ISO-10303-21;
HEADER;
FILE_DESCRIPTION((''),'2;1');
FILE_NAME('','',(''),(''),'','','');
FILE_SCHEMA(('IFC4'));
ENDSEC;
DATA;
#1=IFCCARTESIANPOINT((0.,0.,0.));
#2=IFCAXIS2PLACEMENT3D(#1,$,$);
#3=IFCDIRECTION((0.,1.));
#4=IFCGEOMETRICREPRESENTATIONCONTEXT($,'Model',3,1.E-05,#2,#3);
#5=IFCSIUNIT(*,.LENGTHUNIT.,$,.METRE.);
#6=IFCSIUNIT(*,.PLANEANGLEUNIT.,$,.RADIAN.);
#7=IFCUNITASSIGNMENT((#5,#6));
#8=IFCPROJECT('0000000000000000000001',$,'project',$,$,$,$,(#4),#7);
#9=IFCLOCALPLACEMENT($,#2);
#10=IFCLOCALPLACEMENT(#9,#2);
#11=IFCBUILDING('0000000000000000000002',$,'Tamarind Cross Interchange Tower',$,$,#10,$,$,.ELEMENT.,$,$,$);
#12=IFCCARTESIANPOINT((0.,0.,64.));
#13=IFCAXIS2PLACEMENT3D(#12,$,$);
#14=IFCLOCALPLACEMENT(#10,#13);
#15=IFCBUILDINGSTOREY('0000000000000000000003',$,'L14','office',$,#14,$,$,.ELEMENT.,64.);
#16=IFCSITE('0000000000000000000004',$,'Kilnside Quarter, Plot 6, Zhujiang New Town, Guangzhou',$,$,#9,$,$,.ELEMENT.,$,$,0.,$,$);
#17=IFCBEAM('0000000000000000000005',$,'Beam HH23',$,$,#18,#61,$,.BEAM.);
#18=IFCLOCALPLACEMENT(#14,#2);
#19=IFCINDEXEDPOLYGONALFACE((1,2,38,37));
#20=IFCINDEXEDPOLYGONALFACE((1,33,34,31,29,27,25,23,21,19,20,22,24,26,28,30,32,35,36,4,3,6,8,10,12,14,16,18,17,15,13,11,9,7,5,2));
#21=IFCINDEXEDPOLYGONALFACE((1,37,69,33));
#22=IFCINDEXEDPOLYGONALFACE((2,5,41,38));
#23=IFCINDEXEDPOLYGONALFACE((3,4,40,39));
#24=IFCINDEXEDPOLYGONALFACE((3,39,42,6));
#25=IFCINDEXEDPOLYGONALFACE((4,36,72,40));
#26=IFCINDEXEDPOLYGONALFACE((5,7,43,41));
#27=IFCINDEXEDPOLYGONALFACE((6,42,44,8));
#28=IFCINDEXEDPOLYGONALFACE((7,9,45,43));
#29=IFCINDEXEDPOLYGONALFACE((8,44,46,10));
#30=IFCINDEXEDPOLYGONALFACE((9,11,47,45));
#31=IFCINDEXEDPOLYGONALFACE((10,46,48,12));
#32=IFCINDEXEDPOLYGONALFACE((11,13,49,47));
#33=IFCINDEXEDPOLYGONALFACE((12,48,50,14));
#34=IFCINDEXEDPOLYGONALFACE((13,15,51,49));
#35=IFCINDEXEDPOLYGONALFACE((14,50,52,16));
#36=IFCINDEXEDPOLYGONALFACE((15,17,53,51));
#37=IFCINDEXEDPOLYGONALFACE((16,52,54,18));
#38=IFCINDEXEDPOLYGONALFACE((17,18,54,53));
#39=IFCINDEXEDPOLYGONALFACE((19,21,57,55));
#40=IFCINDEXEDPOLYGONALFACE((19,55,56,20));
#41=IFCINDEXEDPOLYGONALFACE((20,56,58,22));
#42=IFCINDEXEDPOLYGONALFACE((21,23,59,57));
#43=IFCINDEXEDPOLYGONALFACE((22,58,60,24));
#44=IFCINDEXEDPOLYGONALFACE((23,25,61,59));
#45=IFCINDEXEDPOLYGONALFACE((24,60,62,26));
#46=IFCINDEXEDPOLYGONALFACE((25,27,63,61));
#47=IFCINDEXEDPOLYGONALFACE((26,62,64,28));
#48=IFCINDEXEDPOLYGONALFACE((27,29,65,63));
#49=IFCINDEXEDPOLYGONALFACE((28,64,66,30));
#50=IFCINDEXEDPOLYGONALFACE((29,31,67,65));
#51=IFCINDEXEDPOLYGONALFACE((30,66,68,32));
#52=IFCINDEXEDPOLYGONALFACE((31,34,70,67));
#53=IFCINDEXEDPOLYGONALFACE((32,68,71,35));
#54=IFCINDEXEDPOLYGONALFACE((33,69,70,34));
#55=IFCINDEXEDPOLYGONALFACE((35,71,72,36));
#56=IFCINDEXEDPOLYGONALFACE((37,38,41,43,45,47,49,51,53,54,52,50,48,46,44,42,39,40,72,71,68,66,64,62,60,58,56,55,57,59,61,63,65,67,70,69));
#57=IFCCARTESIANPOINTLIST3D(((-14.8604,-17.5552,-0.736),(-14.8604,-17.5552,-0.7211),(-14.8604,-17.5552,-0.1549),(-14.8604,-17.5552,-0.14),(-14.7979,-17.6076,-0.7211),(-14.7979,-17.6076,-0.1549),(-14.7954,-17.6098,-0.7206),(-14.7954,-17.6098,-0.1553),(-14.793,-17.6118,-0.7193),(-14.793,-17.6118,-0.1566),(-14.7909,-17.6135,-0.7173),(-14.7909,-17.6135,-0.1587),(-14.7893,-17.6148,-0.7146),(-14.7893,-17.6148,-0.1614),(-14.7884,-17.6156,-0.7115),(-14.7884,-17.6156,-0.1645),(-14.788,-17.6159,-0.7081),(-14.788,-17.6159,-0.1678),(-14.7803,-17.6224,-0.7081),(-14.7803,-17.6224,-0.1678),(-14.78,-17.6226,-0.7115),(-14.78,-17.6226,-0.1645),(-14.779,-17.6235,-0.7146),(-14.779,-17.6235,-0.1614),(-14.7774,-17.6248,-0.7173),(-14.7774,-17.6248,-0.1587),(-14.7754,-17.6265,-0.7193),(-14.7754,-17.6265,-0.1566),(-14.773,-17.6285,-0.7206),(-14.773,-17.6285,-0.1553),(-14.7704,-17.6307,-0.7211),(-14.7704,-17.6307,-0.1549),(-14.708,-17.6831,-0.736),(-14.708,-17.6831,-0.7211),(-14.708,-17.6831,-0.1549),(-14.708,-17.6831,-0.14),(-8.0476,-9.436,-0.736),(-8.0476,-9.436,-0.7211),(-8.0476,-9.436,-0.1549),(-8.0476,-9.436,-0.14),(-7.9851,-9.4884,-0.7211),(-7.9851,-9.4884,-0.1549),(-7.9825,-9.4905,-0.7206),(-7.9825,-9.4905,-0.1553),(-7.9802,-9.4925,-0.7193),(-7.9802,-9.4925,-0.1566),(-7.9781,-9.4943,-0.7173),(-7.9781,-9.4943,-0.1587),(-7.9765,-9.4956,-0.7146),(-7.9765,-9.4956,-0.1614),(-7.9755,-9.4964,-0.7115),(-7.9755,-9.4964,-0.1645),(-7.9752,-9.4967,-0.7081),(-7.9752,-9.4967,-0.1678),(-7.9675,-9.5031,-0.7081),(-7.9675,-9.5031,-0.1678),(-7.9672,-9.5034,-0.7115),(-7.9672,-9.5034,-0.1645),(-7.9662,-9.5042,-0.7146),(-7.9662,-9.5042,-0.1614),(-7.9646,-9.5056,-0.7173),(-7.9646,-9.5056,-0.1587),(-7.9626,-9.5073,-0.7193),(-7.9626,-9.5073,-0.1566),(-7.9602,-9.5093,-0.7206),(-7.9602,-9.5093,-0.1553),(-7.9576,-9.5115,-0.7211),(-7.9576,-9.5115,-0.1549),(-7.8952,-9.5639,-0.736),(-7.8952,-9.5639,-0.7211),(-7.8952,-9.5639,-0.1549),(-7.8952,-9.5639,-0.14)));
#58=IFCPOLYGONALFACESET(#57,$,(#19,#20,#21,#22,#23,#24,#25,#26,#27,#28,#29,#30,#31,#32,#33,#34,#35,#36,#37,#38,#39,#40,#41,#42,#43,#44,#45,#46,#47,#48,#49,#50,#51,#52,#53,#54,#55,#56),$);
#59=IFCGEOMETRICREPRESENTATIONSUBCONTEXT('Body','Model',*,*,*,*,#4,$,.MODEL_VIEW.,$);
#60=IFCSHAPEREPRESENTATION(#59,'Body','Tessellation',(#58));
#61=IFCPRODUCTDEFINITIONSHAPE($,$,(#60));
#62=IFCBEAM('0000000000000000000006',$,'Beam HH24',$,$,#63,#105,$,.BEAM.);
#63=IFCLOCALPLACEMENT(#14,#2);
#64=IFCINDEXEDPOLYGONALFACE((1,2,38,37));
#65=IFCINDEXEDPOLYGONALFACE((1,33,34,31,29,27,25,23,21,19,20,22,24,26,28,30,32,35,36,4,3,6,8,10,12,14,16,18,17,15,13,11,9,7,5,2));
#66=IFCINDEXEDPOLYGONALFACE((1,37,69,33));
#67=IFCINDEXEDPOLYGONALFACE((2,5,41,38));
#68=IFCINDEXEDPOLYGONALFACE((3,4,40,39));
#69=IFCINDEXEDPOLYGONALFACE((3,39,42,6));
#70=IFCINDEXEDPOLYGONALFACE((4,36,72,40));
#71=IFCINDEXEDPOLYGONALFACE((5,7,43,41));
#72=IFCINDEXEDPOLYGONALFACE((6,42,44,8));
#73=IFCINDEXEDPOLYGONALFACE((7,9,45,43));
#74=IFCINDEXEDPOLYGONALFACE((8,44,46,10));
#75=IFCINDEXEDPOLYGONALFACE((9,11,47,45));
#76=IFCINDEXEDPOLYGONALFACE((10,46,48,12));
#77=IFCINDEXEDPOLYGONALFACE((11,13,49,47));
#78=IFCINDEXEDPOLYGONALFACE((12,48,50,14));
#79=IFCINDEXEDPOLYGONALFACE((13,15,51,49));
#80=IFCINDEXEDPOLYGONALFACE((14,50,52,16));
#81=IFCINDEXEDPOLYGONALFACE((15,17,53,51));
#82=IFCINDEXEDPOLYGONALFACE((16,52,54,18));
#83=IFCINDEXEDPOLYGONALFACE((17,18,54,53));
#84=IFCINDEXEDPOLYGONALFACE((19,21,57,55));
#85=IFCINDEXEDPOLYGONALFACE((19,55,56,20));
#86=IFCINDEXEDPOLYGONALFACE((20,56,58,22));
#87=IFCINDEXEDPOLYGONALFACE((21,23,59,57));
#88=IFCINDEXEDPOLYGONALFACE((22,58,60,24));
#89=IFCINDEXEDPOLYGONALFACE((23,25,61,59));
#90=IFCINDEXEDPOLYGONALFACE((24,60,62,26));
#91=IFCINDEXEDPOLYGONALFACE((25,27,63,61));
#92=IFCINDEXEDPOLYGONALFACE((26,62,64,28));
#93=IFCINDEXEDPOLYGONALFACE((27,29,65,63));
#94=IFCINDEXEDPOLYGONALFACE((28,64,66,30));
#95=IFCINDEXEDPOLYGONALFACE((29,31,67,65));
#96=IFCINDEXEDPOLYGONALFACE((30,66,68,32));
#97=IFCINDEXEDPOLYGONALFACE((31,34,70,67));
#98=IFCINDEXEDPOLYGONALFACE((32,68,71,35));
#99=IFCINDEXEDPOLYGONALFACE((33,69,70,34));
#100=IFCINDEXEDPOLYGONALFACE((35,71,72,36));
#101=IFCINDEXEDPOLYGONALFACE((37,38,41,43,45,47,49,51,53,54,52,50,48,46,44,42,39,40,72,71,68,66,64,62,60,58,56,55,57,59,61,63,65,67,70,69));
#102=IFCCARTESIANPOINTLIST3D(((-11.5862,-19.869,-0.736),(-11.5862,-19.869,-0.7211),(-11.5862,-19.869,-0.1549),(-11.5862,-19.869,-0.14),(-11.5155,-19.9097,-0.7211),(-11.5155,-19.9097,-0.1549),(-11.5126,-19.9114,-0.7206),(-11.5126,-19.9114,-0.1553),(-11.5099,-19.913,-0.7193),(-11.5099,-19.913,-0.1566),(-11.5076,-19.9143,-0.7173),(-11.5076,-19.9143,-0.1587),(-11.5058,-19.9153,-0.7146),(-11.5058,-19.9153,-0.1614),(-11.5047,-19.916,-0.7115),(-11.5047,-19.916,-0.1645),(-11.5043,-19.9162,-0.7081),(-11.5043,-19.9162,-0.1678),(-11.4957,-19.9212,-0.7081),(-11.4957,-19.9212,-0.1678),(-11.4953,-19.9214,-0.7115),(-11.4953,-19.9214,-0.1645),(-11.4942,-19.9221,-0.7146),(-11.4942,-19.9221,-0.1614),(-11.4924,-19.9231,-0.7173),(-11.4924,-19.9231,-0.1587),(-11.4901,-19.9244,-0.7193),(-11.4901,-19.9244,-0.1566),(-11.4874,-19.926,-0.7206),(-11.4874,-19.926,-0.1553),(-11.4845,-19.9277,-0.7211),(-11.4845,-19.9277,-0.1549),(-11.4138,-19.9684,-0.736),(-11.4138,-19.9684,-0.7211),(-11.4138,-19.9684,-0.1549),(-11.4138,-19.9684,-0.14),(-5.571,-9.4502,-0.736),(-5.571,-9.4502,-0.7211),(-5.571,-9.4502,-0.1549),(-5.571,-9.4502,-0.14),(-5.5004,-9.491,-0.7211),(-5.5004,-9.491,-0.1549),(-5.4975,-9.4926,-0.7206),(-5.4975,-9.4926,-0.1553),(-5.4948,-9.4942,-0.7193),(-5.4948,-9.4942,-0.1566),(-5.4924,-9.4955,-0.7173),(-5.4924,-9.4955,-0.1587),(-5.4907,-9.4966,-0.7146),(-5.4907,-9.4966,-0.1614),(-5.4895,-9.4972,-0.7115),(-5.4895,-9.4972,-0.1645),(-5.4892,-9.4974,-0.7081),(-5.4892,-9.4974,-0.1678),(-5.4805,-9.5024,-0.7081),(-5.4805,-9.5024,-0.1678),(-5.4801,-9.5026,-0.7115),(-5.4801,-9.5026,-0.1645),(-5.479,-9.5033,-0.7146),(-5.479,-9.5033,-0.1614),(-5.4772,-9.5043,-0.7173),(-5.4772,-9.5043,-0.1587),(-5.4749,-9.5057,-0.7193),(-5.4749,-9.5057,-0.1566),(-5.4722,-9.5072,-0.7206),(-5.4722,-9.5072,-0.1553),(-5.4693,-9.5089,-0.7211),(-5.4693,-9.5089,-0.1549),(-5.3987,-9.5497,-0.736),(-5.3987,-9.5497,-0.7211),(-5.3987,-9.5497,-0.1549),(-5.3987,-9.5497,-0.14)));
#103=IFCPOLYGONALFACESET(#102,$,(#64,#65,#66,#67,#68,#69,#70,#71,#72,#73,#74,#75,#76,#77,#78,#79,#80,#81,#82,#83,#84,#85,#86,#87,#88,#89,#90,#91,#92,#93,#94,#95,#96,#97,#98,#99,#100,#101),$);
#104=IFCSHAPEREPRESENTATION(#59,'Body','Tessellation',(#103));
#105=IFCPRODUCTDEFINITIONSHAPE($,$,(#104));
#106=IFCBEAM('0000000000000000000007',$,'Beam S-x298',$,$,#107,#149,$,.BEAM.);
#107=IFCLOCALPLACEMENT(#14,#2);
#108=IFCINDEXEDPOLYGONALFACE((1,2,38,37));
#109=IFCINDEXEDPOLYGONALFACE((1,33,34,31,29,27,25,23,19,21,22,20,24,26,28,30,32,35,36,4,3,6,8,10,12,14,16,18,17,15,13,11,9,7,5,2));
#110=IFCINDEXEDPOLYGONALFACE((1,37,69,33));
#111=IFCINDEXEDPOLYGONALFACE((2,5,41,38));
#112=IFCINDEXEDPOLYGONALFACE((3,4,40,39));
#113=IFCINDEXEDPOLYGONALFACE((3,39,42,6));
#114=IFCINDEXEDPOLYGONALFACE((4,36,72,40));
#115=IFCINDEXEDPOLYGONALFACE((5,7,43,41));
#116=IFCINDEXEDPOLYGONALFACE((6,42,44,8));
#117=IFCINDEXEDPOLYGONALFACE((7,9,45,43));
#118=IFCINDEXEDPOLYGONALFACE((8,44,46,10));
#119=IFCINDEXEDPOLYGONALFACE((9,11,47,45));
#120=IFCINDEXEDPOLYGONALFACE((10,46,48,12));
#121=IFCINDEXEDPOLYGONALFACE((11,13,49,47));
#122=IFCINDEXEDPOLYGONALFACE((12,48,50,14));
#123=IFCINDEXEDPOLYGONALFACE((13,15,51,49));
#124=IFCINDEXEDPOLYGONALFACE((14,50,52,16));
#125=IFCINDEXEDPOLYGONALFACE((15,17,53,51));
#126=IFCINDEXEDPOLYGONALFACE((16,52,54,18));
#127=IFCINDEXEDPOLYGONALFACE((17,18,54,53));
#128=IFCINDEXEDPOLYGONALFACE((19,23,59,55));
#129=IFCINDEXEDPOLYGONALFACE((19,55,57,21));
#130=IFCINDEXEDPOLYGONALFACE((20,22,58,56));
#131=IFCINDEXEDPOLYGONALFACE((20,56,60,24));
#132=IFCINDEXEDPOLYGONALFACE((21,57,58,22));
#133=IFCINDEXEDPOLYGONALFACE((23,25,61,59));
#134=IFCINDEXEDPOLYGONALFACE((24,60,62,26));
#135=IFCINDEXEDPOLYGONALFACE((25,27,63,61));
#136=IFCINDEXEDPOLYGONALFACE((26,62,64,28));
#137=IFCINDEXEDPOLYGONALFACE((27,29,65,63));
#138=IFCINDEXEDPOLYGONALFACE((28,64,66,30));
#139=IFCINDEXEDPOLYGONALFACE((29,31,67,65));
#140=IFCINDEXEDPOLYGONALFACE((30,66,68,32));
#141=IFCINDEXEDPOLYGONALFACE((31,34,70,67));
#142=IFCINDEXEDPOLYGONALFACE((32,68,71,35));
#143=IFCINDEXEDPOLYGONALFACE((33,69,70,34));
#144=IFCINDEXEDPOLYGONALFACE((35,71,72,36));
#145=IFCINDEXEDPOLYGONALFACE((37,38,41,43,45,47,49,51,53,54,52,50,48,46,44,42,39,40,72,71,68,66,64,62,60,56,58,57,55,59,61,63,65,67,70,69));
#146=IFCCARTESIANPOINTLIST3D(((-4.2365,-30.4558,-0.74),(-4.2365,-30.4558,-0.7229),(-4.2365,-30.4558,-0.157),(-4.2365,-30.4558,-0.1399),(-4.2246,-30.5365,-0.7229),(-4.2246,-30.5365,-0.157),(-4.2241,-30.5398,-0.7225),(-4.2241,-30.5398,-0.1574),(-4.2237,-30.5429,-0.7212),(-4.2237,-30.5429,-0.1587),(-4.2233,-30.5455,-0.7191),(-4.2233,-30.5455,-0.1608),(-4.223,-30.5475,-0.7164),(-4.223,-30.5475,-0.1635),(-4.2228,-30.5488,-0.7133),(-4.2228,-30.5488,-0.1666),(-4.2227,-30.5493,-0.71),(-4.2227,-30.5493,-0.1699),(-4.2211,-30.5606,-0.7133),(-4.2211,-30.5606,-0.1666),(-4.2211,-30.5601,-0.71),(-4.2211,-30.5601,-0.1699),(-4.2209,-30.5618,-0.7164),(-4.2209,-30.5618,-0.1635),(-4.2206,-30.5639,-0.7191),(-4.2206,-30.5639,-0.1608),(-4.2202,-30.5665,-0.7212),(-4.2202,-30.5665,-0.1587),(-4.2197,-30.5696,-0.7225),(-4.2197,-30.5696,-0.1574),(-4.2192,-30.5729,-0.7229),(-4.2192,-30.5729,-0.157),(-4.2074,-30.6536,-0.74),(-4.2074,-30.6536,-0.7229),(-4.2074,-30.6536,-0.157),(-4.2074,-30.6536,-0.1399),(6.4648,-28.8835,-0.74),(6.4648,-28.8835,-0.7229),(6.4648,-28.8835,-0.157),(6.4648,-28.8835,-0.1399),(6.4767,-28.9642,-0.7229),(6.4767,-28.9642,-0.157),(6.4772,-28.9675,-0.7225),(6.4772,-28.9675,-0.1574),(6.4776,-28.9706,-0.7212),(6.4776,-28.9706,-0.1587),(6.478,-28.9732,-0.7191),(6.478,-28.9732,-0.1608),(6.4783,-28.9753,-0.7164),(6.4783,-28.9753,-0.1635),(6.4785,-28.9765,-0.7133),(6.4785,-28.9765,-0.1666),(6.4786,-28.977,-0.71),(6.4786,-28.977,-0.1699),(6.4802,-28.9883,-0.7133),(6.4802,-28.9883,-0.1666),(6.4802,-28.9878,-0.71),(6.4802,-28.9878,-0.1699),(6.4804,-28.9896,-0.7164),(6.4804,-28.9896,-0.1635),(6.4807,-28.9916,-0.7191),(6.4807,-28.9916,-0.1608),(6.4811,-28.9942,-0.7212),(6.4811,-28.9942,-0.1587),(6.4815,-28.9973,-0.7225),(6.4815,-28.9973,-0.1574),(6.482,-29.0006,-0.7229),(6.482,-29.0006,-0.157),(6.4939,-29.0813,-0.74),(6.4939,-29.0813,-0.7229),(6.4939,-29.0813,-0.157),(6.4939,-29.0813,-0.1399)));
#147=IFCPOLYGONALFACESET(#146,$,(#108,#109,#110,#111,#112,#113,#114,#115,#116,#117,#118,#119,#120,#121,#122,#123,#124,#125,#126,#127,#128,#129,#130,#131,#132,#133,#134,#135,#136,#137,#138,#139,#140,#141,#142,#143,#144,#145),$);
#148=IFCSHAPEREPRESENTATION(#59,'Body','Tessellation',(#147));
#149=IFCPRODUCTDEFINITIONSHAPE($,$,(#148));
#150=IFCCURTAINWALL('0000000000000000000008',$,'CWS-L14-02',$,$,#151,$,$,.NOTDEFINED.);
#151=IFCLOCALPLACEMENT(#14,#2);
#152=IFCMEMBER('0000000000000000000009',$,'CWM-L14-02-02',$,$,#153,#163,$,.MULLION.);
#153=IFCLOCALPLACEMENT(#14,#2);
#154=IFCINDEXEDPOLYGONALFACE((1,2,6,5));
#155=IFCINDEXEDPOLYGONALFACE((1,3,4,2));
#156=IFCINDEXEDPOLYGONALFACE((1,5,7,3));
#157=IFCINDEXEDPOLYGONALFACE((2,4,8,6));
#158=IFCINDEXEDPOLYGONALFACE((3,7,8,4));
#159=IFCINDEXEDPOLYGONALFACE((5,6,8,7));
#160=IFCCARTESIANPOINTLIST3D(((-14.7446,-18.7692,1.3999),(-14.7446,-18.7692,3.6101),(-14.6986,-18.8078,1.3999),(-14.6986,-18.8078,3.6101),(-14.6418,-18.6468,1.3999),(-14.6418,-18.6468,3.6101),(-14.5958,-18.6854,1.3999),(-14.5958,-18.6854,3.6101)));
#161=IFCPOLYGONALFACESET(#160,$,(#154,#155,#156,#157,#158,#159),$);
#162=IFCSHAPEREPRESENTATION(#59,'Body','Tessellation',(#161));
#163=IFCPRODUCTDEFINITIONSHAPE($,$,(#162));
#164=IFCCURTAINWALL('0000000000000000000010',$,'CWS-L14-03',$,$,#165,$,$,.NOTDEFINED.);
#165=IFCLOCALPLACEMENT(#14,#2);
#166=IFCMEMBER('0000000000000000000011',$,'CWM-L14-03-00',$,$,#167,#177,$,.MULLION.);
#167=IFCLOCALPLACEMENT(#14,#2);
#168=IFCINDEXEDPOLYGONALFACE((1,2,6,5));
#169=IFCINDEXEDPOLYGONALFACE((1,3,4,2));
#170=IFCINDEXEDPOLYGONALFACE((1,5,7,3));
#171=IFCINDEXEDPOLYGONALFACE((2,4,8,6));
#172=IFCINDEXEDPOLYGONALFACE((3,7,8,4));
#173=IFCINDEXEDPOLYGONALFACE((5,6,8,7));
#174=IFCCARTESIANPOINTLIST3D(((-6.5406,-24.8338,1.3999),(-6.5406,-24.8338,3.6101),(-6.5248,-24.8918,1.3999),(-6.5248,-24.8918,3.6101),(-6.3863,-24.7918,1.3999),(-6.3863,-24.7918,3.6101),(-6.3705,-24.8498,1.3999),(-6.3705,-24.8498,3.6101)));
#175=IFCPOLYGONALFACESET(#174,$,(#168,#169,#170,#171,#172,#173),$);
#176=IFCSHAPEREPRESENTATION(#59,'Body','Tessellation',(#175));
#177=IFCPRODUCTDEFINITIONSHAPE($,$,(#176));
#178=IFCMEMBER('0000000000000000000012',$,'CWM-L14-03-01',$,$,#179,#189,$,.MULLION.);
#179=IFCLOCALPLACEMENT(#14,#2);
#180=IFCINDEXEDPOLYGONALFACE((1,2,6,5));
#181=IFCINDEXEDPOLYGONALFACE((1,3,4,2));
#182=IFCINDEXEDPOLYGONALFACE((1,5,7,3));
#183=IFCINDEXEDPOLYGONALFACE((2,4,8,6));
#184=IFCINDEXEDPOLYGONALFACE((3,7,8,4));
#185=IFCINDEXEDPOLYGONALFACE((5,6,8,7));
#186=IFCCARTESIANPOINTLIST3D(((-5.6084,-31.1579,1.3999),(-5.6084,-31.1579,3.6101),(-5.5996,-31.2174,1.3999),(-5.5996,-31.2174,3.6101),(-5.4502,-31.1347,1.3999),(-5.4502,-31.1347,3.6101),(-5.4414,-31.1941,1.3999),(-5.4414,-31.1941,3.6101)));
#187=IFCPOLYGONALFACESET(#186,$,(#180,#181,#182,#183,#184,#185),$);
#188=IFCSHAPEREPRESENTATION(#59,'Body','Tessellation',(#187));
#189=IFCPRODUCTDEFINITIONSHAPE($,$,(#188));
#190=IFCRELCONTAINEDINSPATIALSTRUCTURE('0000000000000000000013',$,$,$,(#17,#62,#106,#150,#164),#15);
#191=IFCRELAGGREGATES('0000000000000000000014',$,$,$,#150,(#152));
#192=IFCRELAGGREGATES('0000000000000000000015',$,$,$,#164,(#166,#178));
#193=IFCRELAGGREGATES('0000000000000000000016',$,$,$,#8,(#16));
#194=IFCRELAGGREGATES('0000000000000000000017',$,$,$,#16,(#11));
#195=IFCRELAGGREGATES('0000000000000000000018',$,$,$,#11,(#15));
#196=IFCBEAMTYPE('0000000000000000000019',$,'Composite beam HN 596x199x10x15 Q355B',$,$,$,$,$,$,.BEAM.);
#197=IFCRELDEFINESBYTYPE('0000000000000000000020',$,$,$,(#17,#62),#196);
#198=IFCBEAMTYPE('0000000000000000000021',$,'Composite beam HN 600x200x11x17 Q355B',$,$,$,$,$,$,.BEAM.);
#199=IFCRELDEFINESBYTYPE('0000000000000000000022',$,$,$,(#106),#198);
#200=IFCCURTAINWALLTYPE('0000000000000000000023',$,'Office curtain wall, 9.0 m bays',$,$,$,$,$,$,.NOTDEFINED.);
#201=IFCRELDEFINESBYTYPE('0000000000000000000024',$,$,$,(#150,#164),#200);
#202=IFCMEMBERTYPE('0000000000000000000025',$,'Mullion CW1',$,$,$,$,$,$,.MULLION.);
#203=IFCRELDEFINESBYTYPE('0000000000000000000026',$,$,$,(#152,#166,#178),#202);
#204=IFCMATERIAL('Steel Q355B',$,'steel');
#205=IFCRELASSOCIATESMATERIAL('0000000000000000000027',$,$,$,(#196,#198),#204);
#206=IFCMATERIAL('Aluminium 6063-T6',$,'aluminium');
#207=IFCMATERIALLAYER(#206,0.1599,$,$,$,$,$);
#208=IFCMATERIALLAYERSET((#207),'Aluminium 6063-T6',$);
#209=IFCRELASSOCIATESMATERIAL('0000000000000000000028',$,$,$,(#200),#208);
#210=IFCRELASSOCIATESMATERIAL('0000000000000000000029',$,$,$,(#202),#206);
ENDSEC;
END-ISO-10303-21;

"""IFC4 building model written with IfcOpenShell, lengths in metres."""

from ifc_helpers import new_model, si_unit, direction, frame, origin, origin_2d, place, context, subcontext, project, spatial, rectangle, i_section, extrude, material, layer, layer_set, material_profile, profile_set, type_object, element, aggregate, save


model = new_model("IFC4")

# Units and contexts
model_context = context("Model", 3, precision=1e-05, world=origin(), true_north=direction((0.0, 1.0)))
body_context = subcontext(model_context, "Body", "Model", "MODEL_VIEW")
ifc_project = project(units=[si_unit("LENGTHUNIT", "METRE"), si_unit("PLANEANGLEUNIT", "RADIAN")], contexts=[model_context])

# Site, building, storey
site_placement = place(None, origin())
site = spatial("IfcSite", under=ifc_project, at=site_placement, Name="Kilnside Quarter, Plot 6, Zhujiang New Town, Guangzhou", CompositionType="ELEMENT", RefElevation=0.0)
building_placement = place(site_placement, origin())
building = spatial("IfcBuilding", under=site, at=building_placement, Name="Tamarind Cross Interchange Tower", CompositionType="ELEMENT")
storey_placement = place(building_placement, frame((0.0, 0.0, 64.0)))
storey = spatial("IfcBuildingStorey", under=building, at=storey_placement, Name="L14", Description="office", CompositionType="ELEMENT", Elevation=64.0)

# Beams
ifc_material_1 = material(Name="Steel Q355B", Category="steel")
ifc_material_profile_1 = material_profile(ifc_material_1, i_section(OverallWidth=0.199, OverallDepth=0.5959, WebThickness=0.01, FlangeThickness=0.0149, FilletRadius=0.0129, at=origin_2d()), Name="HN 596x199x10x15")
ifc_profile_set_1 = profile_set([ifc_material_profile_1], Name="Steel Q355B")
beam_type_1 = type_object("IfcBeamType", Name="Composite beam HN 596x199x10x15 Q355B", PredefinedType="BEAM", material=ifc_profile_set_1)
beam_1_placement = place(storey_placement, frame((-14.7842, -17.6191, -0.438), z_axis=(0.642786, 0.766046, 0.0), x_axis=(-0.766046, 0.642786, 0.0)))
element("IfcBeam", 1, at=beam_1_placement, inside=storey, type_object=beam_type_1, Name="Beam HH23", PredefinedType="BEAM", context=body_context, shape_type="SweptSolid", body=[
    extrude(i_section(OverallWidth=0.199, OverallDepth=0.5959, WebThickness=0.01, FlangeThickness=0.0149, FilletRadius=0.0129, at=origin_2d()), origin(), (0.0, 0.0, 1.0), 10.5989),
])
beam_2_placement = place(storey_placement, frame((-11.5, -19.9187, -0.438), z_axis=(0.499994, 0.866029, 0.0), x_axis=(-0.866029, 0.499994, 0.0)))
element("IfcBeam", 2, at=beam_2_placement, inside=storey, type_object=beam_type_1, Name="Beam HH24", PredefinedType="BEAM", context=body_context, shape_type="SweptSolid", body=[
    extrude(i_section(OverallWidth=0.199, OverallDepth=0.5959, WebThickness=0.01, FlangeThickness=0.0149, FilletRadius=0.0129, at=origin_2d()), origin(), (0.0, 0.0, 1.0), 12.0305),
])
ifc_material_profile_2 = material_profile(ifc_material_1, i_section(OverallWidth=0.2, OverallDepth=0.6001, WebThickness=0.011, FlangeThickness=0.0171, FilletRadius=0.0129, at=origin_2d()), Name="HN 600x200x11x17")
ifc_profile_set_2 = profile_set([ifc_material_profile_2], Name="Steel Q355B")
beam_type_2 = type_object("IfcBeamType", Name="Composite beam HN 600x200x11x17 Q355B", PredefinedType="BEAM", material=ifc_profile_set_2)
beam_3_placement = place(storey_placement, frame((-4.2219, -30.5547, -0.4399), z_axis=(0.989378, 0.145364, 0.0), x_axis=(-0.145364, 0.989378, 0.0)))
element("IfcBeam", 3, at=beam_3_placement, inside=storey, type_object=beam_type_2, Name="Beam S-x298", PredefinedType="BEAM", context=body_context, shape_type="SweptSolid", body=[
    extrude(i_section(OverallWidth=0.2, OverallDepth=0.6001, WebThickness=0.011, FlangeThickness=0.0171, FilletRadius=0.0129, at=origin_2d()), origin(), (0.0, 0.0, 1.0), 10.8162),
])

# Curtain wall, member
ifc_material_2 = material(Name="Aluminium 6063-T6", Category="aluminium")
ifc_layer_1 = layer(ifc_material_2, 0.1599)
ifc_layer_set_1 = layer_set([ifc_layer_1], Name="Aluminium 6063-T6")
curtain_wall_type = type_object("IfcCurtainWallType", Name="Office curtain wall, 9.0 m bays", PredefinedType="NOTDEFINED", material=ifc_layer_set_1)
curtain_wall_1_placement = place(storey_placement, origin())
curtain_wall_1 = element("IfcCurtainWall", 4, at=curtain_wall_1_placement, inside=storey, type_object=curtain_wall_type, Name="CWS-L14-02", PredefinedType="NOTDEFINED")
ifc_material_profile_3 = material_profile(ifc_material_2, rectangle(XDim=0.0601, YDim=0.1599, at=origin_2d()), Name="Mullion CW1")
ifc_profile_set_3 = profile_set([ifc_material_profile_3], Name="Aluminium 6063-T6")
member_type = type_object("IfcMemberType", Name="Mullion CW1", PredefinedType="MULLION", material=ifc_profile_set_3)
member_1_placement = place(storey_placement, frame((-14.6702, -18.7273, 1.3999), z_axis=(0.0, 0.0, 1.0), x_axis=(0.765858, -0.643009, 0.0)))
member_1 = element("IfcMember", 5, at=member_1_placement, type_object=member_type, Name="CWM-L14-02-02", PredefinedType="MULLION", context=body_context, shape_type="SweptSolid", body=[
    extrude(rectangle(XDim=0.0601, YDim=0.1599, at=origin_2d()), origin(), (0.0, 0.0, 1.0), 2.2102),
])
aggregate(curtain_wall_1, [member_1])

# Curtain wall, members
curtain_wall_2_placement = place(storey_placement, origin())
curtain_wall_2 = element("IfcCurtainWall", 6, at=curtain_wall_2_placement, inside=storey, type_object=curtain_wall_type, Name="CWS-L14-03", PredefinedType="NOTDEFINED")
member_2_placement = place(storey_placement, frame((-6.4556, -24.8418, 1.3999), z_axis=(0.0, 0.0, 1.0), x_axis=(0.262344, -0.964974, 0.0)))
member_2 = element("IfcMember", 7, at=member_2_placement, type_object=member_type, Name="CWM-L14-03-00", PredefinedType="MULLION", context=body_context, shape_type="SweptSolid", body=[
    extrude(rectangle(XDim=0.0601, YDim=0.1599, at=origin_2d()), origin(), (0.0, 0.0, 1.0), 2.2102),
])
member_3_placement = place(storey_placement, frame((-5.5249, -31.176, 1.3999), z_axis=(0.0, 0.0, 1.0), x_axis=(0.145365, -0.989378, 0.0)))
member_3 = element("IfcMember", 8, at=member_3_placement, type_object=member_type, Name="CWM-L14-03-01", PredefinedType="MULLION", context=body_context, shape_type="SweptSolid", body=[
    extrude(rectangle(XDim=0.0601, YDim=0.1599, at=origin_2d()), origin(), (0.0, 0.0, 1.0), 2.2102),
])
aggregate(curtain_wall_2, [member_2, member_3])

save(model, "model.ifc")
